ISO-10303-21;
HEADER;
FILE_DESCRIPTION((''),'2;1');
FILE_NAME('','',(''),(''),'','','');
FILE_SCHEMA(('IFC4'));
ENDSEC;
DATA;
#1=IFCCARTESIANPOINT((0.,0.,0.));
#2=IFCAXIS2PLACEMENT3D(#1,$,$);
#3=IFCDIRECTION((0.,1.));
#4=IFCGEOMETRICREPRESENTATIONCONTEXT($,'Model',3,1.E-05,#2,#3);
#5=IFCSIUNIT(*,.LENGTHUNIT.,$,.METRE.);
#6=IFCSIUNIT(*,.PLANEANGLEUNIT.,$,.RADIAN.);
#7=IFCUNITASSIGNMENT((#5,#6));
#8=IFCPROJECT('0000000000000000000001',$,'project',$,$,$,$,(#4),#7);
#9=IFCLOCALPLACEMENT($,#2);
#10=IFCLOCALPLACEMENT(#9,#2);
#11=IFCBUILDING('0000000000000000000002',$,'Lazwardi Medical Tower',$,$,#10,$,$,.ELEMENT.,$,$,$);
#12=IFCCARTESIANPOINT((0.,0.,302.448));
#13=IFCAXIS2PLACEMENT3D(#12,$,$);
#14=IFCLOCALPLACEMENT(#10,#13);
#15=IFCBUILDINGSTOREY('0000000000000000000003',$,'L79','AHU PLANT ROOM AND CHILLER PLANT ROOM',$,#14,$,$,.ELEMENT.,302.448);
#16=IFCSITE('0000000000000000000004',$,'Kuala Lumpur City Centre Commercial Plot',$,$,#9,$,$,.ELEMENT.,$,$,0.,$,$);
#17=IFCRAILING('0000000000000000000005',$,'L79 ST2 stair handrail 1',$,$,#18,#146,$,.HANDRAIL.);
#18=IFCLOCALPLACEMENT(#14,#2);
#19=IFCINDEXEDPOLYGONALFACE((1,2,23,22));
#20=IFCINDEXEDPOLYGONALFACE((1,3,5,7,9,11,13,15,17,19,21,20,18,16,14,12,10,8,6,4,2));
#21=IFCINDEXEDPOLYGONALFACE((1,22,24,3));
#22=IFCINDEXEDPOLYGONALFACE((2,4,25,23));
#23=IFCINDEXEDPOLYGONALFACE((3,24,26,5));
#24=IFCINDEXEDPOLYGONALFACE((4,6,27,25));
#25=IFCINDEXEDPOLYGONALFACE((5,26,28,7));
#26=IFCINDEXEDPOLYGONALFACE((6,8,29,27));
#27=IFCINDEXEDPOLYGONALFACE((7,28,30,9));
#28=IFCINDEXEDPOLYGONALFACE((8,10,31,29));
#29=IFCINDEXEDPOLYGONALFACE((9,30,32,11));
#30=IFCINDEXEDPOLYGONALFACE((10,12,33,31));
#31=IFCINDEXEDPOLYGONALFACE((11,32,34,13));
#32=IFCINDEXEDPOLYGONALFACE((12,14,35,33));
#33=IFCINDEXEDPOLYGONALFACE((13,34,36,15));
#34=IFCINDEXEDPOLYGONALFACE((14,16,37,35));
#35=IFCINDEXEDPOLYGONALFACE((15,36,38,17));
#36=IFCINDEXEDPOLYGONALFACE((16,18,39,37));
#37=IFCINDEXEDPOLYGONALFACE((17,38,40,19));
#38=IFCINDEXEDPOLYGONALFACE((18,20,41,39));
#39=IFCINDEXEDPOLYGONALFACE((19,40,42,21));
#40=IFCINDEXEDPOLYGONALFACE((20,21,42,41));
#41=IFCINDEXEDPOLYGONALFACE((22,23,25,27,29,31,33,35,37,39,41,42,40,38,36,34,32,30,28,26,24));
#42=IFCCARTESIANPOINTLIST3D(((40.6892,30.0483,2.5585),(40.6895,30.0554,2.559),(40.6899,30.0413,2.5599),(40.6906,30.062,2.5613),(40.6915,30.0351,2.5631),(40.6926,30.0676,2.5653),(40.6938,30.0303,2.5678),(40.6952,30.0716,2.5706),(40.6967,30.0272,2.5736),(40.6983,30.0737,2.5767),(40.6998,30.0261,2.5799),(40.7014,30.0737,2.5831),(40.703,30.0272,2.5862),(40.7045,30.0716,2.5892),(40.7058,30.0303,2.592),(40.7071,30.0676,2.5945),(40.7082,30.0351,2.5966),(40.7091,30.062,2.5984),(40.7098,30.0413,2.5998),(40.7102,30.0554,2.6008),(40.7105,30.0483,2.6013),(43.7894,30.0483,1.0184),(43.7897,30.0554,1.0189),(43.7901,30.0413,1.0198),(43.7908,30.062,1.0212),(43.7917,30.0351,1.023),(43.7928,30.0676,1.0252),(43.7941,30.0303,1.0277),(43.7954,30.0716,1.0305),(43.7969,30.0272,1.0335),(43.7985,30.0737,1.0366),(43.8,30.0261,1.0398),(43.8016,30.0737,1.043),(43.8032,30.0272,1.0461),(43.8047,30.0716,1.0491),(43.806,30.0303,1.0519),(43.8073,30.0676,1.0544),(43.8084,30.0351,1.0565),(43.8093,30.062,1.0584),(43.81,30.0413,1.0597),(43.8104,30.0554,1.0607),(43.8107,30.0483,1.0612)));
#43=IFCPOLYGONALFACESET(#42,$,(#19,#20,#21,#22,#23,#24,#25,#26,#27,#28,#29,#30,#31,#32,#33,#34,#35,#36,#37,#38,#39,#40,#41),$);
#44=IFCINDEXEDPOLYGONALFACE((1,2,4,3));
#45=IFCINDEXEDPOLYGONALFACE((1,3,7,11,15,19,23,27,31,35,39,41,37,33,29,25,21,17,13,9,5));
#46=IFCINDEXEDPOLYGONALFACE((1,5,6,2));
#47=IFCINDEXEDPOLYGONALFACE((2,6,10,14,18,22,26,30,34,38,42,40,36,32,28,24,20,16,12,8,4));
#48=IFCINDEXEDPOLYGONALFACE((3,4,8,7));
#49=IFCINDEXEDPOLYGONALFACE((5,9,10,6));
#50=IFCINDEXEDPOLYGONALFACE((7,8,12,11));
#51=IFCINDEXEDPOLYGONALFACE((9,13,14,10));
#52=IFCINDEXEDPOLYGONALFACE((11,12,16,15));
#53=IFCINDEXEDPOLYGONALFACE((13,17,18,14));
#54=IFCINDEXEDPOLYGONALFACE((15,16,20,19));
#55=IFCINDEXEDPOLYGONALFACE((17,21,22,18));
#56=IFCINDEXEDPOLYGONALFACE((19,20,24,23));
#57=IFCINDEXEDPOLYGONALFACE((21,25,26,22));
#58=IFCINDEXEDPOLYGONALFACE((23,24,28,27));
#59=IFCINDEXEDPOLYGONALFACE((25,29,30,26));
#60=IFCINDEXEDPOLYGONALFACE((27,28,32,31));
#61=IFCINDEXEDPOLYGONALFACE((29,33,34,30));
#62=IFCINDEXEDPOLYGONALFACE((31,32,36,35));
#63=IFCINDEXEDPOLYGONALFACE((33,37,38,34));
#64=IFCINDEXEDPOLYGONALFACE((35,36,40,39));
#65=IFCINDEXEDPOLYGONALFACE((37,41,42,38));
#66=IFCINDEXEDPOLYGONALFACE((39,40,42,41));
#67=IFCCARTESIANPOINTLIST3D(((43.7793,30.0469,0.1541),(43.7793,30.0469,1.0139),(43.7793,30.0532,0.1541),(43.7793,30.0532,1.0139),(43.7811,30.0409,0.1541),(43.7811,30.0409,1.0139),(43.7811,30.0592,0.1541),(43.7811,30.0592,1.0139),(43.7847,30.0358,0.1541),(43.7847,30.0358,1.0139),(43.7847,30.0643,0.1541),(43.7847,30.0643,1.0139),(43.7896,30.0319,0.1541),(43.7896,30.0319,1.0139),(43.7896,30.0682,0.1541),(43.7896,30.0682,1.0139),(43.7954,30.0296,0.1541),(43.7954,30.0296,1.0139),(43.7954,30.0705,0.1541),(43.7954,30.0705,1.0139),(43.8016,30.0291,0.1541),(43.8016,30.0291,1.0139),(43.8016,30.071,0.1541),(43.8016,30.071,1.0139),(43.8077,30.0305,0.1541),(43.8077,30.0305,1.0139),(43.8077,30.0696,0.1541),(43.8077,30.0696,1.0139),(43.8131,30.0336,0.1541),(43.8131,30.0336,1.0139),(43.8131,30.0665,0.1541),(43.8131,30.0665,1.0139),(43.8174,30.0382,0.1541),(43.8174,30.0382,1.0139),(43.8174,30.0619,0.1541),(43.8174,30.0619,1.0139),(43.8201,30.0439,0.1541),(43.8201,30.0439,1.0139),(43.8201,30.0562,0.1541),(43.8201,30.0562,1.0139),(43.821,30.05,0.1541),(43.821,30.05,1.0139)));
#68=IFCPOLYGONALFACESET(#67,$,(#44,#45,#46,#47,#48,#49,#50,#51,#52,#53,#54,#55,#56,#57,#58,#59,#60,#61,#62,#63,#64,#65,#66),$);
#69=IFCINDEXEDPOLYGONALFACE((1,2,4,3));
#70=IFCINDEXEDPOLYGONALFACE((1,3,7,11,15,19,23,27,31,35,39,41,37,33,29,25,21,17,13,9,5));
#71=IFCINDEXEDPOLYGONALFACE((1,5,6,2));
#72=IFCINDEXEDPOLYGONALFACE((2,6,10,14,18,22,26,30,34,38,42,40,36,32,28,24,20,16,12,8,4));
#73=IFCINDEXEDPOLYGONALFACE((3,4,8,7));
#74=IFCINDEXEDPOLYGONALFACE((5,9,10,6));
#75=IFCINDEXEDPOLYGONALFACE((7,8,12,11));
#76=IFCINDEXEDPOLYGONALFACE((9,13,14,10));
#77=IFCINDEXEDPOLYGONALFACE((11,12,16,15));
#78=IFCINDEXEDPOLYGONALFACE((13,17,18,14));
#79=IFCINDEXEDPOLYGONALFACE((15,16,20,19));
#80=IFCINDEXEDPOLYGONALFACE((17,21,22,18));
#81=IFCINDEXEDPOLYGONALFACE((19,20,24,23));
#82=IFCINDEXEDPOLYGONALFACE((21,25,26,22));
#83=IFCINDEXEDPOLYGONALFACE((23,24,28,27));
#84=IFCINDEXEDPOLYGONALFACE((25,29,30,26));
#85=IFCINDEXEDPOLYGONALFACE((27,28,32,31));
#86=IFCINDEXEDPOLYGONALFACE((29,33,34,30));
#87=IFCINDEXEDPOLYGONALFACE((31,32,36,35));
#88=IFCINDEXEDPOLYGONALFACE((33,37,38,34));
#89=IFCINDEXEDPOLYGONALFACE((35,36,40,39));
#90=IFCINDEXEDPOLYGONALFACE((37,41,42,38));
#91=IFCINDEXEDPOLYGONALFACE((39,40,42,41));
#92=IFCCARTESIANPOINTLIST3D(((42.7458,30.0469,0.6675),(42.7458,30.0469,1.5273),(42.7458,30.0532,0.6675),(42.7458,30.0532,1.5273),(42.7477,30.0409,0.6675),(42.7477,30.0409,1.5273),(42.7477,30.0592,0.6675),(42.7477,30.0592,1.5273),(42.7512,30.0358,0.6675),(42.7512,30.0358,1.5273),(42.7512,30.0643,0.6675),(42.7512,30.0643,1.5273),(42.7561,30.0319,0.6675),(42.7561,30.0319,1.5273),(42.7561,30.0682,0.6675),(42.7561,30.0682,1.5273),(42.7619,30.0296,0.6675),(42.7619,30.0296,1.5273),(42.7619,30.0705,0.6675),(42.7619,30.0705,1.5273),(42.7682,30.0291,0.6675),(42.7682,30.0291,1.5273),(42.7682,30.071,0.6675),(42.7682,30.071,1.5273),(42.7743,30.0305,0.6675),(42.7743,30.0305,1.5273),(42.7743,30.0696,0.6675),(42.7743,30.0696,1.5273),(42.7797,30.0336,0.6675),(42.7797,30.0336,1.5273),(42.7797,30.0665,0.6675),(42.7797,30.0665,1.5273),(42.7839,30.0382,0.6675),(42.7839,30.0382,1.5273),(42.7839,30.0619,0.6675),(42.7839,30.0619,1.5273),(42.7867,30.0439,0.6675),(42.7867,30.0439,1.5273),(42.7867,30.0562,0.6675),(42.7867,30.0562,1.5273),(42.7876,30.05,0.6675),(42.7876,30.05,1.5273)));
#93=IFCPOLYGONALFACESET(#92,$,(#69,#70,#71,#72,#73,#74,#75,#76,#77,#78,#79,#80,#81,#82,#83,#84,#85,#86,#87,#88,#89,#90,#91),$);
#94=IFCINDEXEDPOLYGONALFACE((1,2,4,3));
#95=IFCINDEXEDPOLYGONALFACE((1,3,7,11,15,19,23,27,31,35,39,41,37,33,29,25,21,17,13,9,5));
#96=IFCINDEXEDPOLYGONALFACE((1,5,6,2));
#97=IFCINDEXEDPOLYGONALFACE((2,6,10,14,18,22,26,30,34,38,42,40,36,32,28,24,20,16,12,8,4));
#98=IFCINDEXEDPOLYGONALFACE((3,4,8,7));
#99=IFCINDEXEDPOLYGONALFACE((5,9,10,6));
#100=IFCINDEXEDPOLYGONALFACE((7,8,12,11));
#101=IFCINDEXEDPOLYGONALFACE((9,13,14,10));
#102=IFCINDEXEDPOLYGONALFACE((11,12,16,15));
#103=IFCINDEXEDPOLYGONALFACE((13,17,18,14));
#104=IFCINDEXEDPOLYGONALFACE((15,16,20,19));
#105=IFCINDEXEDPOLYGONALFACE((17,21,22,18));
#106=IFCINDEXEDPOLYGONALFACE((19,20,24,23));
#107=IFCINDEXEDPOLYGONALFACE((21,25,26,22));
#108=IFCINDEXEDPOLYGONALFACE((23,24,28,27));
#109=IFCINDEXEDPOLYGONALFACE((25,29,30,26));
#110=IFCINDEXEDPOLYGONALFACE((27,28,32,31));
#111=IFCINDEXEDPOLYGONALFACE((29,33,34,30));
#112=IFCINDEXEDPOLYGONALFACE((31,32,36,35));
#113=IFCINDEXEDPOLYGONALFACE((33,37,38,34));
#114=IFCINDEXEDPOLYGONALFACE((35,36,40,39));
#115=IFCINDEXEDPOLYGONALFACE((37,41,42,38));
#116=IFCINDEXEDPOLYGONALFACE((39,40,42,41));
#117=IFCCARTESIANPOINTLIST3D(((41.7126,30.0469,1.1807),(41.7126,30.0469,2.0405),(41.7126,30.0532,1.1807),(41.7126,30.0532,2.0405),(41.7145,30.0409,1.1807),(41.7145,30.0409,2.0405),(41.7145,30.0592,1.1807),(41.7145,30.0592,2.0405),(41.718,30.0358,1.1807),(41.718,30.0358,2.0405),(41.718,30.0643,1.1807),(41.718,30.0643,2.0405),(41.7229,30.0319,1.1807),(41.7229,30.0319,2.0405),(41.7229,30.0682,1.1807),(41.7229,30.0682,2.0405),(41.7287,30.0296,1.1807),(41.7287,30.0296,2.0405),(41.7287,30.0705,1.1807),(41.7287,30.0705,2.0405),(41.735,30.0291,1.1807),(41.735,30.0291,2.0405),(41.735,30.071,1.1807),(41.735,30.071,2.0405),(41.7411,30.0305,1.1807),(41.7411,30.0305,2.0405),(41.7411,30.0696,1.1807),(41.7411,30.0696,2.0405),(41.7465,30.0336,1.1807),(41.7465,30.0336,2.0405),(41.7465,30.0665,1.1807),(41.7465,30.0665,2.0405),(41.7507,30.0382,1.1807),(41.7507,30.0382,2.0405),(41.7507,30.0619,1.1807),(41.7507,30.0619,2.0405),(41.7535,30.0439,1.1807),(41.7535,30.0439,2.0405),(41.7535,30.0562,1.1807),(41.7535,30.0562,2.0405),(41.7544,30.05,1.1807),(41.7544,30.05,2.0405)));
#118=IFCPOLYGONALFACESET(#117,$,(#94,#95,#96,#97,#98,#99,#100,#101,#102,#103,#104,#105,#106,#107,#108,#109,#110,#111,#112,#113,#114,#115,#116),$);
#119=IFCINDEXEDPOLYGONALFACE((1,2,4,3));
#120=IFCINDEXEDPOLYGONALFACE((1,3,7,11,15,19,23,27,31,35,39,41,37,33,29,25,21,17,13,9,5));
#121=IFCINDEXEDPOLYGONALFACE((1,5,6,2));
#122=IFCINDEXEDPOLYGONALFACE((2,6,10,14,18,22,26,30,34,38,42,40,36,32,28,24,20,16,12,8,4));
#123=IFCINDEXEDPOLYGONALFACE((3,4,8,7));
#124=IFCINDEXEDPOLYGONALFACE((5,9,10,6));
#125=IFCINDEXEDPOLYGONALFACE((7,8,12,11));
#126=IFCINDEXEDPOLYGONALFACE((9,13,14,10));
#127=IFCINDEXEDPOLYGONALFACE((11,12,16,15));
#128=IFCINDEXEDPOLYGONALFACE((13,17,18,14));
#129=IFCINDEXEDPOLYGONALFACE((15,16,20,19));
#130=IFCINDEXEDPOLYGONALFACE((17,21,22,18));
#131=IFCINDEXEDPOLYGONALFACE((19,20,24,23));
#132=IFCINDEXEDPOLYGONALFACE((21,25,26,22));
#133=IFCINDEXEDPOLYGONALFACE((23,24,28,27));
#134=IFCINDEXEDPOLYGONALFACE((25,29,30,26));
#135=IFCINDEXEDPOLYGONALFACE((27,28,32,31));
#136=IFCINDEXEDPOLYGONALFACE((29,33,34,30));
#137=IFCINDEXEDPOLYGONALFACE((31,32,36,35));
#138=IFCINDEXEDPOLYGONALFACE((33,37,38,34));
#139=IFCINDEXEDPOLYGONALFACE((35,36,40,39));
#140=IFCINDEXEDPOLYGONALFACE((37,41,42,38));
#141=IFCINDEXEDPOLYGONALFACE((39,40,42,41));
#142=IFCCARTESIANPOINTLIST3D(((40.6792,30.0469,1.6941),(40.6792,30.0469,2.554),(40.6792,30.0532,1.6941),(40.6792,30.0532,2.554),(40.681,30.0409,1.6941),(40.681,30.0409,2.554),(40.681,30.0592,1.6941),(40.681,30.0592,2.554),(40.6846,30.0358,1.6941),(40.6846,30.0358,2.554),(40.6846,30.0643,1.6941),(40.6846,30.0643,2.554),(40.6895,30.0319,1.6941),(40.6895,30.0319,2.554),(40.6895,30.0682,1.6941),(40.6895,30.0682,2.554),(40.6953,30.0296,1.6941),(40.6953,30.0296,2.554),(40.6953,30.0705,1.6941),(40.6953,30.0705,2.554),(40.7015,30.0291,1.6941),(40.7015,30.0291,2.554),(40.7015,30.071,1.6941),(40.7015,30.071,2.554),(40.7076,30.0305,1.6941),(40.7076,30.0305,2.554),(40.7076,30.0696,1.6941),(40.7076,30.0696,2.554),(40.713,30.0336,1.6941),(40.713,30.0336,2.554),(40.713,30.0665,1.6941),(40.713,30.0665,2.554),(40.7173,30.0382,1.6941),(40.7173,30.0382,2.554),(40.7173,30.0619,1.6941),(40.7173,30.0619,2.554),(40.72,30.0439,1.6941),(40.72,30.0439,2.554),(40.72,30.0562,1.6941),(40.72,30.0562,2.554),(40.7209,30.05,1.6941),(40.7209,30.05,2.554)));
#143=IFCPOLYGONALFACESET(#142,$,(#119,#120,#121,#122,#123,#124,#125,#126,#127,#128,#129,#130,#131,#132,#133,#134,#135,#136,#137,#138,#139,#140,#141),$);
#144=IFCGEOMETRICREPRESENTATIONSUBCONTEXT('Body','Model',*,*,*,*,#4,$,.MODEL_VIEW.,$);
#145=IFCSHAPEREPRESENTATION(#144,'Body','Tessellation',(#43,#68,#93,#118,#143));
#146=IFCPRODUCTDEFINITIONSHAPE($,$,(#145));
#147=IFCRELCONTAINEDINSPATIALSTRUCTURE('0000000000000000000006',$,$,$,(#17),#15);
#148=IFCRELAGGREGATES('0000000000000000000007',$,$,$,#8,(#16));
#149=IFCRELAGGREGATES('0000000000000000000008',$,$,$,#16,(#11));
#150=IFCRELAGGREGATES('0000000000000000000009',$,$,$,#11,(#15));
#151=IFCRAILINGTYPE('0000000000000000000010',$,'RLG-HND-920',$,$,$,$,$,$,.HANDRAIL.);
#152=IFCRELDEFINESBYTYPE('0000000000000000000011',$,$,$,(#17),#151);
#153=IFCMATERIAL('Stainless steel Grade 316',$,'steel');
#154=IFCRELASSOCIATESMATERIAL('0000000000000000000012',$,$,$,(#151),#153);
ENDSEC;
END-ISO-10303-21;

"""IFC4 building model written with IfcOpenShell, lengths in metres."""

from ifc_helpers import new_model, si_unit, direction, frame, origin, origin_2d, place, context, subcontext, project, spatial, circle, extrude, material, type_object, element, save


model = new_model("IFC4")

# Units and contexts
model_context = context("Model", 3, precision=1e-05, world=origin(), true_north=direction((0.0, 1.0)))
body_context = subcontext(model_context, "Body", "Model", "MODEL_VIEW")
ifc_project = project(units=[si_unit("LENGTHUNIT", "METRE"), si_unit("PLANEANGLEUNIT", "RADIAN")], contexts=[model_context])

# Site, building, storey
site_placement = place(None, origin())
site = spatial("IfcSite", under=ifc_project, at=site_placement, Name="Kuala Lumpur City Centre Commercial Plot", CompositionType="ELEMENT", RefElevation=0.0)
building_placement = place(site_placement, origin())
building = spatial("IfcBuilding", under=site, at=building_placement, Name="Lazwardi Medical Tower", CompositionType="ELEMENT")
storey_placement = place(building_placement, frame((0.0, 0.0, 302.448)))
storey = spatial("IfcBuildingStorey", under=building, at=storey_placement, Name="L79", Description="AHU PLANT ROOM AND CHILLER PLANT ROOM", CompositionType="ELEMENT", Elevation=302.448)

# Railing
ifc_material_1 = material(Name="Stainless steel Grade 316", Category="steel")
railing_type_1 = type_object("IfcRailingType", Name="RLG-HND-920", PredefinedType="HANDRAIL", material=ifc_material_1)
railing_1_placement = place(storey_placement, frame((43.8, 30.05, 0.1541)))
element("IfcRailing", 1, at=railing_1_placement, inside=storey, type_object=railing_type_1, Name="L79 ST2 stair handrail 1", PredefinedType="HANDRAIL", context=body_context, shape_type="SweptSolid", body=[
    extrude(circle(Radius=0.0239, at=origin_2d()), frame((0.0, 0.0, 0.8857), z_axis=(-0.895581, 0.0, 0.444899), x_axis=(0.0, -1.0, 0.0)), (0.0, 0.0, 1.0), 3.4617),
    extrude(circle(Radius=0.021, at=origin_2d()), origin(), (0.0, 0.0, 1.0), 0.8599),
    extrude(circle(Radius=0.021, at=origin_2d()), frame((-1.0334, 0.0, 0.5134)), (0.0, 0.0, 1.0), 0.8599),
    extrude(circle(Radius=0.021, at=origin_2d()), frame((-2.0667, 0.0, 1.0266)), (0.0, 0.0, 1.0), 0.8599),
    extrude(circle(Radius=0.021, at=origin_2d()), frame((-3.1001, 0.0, 1.54)), (0.0, 0.0, 1.0), 0.8599),
])

save(model, "model.ifc")
